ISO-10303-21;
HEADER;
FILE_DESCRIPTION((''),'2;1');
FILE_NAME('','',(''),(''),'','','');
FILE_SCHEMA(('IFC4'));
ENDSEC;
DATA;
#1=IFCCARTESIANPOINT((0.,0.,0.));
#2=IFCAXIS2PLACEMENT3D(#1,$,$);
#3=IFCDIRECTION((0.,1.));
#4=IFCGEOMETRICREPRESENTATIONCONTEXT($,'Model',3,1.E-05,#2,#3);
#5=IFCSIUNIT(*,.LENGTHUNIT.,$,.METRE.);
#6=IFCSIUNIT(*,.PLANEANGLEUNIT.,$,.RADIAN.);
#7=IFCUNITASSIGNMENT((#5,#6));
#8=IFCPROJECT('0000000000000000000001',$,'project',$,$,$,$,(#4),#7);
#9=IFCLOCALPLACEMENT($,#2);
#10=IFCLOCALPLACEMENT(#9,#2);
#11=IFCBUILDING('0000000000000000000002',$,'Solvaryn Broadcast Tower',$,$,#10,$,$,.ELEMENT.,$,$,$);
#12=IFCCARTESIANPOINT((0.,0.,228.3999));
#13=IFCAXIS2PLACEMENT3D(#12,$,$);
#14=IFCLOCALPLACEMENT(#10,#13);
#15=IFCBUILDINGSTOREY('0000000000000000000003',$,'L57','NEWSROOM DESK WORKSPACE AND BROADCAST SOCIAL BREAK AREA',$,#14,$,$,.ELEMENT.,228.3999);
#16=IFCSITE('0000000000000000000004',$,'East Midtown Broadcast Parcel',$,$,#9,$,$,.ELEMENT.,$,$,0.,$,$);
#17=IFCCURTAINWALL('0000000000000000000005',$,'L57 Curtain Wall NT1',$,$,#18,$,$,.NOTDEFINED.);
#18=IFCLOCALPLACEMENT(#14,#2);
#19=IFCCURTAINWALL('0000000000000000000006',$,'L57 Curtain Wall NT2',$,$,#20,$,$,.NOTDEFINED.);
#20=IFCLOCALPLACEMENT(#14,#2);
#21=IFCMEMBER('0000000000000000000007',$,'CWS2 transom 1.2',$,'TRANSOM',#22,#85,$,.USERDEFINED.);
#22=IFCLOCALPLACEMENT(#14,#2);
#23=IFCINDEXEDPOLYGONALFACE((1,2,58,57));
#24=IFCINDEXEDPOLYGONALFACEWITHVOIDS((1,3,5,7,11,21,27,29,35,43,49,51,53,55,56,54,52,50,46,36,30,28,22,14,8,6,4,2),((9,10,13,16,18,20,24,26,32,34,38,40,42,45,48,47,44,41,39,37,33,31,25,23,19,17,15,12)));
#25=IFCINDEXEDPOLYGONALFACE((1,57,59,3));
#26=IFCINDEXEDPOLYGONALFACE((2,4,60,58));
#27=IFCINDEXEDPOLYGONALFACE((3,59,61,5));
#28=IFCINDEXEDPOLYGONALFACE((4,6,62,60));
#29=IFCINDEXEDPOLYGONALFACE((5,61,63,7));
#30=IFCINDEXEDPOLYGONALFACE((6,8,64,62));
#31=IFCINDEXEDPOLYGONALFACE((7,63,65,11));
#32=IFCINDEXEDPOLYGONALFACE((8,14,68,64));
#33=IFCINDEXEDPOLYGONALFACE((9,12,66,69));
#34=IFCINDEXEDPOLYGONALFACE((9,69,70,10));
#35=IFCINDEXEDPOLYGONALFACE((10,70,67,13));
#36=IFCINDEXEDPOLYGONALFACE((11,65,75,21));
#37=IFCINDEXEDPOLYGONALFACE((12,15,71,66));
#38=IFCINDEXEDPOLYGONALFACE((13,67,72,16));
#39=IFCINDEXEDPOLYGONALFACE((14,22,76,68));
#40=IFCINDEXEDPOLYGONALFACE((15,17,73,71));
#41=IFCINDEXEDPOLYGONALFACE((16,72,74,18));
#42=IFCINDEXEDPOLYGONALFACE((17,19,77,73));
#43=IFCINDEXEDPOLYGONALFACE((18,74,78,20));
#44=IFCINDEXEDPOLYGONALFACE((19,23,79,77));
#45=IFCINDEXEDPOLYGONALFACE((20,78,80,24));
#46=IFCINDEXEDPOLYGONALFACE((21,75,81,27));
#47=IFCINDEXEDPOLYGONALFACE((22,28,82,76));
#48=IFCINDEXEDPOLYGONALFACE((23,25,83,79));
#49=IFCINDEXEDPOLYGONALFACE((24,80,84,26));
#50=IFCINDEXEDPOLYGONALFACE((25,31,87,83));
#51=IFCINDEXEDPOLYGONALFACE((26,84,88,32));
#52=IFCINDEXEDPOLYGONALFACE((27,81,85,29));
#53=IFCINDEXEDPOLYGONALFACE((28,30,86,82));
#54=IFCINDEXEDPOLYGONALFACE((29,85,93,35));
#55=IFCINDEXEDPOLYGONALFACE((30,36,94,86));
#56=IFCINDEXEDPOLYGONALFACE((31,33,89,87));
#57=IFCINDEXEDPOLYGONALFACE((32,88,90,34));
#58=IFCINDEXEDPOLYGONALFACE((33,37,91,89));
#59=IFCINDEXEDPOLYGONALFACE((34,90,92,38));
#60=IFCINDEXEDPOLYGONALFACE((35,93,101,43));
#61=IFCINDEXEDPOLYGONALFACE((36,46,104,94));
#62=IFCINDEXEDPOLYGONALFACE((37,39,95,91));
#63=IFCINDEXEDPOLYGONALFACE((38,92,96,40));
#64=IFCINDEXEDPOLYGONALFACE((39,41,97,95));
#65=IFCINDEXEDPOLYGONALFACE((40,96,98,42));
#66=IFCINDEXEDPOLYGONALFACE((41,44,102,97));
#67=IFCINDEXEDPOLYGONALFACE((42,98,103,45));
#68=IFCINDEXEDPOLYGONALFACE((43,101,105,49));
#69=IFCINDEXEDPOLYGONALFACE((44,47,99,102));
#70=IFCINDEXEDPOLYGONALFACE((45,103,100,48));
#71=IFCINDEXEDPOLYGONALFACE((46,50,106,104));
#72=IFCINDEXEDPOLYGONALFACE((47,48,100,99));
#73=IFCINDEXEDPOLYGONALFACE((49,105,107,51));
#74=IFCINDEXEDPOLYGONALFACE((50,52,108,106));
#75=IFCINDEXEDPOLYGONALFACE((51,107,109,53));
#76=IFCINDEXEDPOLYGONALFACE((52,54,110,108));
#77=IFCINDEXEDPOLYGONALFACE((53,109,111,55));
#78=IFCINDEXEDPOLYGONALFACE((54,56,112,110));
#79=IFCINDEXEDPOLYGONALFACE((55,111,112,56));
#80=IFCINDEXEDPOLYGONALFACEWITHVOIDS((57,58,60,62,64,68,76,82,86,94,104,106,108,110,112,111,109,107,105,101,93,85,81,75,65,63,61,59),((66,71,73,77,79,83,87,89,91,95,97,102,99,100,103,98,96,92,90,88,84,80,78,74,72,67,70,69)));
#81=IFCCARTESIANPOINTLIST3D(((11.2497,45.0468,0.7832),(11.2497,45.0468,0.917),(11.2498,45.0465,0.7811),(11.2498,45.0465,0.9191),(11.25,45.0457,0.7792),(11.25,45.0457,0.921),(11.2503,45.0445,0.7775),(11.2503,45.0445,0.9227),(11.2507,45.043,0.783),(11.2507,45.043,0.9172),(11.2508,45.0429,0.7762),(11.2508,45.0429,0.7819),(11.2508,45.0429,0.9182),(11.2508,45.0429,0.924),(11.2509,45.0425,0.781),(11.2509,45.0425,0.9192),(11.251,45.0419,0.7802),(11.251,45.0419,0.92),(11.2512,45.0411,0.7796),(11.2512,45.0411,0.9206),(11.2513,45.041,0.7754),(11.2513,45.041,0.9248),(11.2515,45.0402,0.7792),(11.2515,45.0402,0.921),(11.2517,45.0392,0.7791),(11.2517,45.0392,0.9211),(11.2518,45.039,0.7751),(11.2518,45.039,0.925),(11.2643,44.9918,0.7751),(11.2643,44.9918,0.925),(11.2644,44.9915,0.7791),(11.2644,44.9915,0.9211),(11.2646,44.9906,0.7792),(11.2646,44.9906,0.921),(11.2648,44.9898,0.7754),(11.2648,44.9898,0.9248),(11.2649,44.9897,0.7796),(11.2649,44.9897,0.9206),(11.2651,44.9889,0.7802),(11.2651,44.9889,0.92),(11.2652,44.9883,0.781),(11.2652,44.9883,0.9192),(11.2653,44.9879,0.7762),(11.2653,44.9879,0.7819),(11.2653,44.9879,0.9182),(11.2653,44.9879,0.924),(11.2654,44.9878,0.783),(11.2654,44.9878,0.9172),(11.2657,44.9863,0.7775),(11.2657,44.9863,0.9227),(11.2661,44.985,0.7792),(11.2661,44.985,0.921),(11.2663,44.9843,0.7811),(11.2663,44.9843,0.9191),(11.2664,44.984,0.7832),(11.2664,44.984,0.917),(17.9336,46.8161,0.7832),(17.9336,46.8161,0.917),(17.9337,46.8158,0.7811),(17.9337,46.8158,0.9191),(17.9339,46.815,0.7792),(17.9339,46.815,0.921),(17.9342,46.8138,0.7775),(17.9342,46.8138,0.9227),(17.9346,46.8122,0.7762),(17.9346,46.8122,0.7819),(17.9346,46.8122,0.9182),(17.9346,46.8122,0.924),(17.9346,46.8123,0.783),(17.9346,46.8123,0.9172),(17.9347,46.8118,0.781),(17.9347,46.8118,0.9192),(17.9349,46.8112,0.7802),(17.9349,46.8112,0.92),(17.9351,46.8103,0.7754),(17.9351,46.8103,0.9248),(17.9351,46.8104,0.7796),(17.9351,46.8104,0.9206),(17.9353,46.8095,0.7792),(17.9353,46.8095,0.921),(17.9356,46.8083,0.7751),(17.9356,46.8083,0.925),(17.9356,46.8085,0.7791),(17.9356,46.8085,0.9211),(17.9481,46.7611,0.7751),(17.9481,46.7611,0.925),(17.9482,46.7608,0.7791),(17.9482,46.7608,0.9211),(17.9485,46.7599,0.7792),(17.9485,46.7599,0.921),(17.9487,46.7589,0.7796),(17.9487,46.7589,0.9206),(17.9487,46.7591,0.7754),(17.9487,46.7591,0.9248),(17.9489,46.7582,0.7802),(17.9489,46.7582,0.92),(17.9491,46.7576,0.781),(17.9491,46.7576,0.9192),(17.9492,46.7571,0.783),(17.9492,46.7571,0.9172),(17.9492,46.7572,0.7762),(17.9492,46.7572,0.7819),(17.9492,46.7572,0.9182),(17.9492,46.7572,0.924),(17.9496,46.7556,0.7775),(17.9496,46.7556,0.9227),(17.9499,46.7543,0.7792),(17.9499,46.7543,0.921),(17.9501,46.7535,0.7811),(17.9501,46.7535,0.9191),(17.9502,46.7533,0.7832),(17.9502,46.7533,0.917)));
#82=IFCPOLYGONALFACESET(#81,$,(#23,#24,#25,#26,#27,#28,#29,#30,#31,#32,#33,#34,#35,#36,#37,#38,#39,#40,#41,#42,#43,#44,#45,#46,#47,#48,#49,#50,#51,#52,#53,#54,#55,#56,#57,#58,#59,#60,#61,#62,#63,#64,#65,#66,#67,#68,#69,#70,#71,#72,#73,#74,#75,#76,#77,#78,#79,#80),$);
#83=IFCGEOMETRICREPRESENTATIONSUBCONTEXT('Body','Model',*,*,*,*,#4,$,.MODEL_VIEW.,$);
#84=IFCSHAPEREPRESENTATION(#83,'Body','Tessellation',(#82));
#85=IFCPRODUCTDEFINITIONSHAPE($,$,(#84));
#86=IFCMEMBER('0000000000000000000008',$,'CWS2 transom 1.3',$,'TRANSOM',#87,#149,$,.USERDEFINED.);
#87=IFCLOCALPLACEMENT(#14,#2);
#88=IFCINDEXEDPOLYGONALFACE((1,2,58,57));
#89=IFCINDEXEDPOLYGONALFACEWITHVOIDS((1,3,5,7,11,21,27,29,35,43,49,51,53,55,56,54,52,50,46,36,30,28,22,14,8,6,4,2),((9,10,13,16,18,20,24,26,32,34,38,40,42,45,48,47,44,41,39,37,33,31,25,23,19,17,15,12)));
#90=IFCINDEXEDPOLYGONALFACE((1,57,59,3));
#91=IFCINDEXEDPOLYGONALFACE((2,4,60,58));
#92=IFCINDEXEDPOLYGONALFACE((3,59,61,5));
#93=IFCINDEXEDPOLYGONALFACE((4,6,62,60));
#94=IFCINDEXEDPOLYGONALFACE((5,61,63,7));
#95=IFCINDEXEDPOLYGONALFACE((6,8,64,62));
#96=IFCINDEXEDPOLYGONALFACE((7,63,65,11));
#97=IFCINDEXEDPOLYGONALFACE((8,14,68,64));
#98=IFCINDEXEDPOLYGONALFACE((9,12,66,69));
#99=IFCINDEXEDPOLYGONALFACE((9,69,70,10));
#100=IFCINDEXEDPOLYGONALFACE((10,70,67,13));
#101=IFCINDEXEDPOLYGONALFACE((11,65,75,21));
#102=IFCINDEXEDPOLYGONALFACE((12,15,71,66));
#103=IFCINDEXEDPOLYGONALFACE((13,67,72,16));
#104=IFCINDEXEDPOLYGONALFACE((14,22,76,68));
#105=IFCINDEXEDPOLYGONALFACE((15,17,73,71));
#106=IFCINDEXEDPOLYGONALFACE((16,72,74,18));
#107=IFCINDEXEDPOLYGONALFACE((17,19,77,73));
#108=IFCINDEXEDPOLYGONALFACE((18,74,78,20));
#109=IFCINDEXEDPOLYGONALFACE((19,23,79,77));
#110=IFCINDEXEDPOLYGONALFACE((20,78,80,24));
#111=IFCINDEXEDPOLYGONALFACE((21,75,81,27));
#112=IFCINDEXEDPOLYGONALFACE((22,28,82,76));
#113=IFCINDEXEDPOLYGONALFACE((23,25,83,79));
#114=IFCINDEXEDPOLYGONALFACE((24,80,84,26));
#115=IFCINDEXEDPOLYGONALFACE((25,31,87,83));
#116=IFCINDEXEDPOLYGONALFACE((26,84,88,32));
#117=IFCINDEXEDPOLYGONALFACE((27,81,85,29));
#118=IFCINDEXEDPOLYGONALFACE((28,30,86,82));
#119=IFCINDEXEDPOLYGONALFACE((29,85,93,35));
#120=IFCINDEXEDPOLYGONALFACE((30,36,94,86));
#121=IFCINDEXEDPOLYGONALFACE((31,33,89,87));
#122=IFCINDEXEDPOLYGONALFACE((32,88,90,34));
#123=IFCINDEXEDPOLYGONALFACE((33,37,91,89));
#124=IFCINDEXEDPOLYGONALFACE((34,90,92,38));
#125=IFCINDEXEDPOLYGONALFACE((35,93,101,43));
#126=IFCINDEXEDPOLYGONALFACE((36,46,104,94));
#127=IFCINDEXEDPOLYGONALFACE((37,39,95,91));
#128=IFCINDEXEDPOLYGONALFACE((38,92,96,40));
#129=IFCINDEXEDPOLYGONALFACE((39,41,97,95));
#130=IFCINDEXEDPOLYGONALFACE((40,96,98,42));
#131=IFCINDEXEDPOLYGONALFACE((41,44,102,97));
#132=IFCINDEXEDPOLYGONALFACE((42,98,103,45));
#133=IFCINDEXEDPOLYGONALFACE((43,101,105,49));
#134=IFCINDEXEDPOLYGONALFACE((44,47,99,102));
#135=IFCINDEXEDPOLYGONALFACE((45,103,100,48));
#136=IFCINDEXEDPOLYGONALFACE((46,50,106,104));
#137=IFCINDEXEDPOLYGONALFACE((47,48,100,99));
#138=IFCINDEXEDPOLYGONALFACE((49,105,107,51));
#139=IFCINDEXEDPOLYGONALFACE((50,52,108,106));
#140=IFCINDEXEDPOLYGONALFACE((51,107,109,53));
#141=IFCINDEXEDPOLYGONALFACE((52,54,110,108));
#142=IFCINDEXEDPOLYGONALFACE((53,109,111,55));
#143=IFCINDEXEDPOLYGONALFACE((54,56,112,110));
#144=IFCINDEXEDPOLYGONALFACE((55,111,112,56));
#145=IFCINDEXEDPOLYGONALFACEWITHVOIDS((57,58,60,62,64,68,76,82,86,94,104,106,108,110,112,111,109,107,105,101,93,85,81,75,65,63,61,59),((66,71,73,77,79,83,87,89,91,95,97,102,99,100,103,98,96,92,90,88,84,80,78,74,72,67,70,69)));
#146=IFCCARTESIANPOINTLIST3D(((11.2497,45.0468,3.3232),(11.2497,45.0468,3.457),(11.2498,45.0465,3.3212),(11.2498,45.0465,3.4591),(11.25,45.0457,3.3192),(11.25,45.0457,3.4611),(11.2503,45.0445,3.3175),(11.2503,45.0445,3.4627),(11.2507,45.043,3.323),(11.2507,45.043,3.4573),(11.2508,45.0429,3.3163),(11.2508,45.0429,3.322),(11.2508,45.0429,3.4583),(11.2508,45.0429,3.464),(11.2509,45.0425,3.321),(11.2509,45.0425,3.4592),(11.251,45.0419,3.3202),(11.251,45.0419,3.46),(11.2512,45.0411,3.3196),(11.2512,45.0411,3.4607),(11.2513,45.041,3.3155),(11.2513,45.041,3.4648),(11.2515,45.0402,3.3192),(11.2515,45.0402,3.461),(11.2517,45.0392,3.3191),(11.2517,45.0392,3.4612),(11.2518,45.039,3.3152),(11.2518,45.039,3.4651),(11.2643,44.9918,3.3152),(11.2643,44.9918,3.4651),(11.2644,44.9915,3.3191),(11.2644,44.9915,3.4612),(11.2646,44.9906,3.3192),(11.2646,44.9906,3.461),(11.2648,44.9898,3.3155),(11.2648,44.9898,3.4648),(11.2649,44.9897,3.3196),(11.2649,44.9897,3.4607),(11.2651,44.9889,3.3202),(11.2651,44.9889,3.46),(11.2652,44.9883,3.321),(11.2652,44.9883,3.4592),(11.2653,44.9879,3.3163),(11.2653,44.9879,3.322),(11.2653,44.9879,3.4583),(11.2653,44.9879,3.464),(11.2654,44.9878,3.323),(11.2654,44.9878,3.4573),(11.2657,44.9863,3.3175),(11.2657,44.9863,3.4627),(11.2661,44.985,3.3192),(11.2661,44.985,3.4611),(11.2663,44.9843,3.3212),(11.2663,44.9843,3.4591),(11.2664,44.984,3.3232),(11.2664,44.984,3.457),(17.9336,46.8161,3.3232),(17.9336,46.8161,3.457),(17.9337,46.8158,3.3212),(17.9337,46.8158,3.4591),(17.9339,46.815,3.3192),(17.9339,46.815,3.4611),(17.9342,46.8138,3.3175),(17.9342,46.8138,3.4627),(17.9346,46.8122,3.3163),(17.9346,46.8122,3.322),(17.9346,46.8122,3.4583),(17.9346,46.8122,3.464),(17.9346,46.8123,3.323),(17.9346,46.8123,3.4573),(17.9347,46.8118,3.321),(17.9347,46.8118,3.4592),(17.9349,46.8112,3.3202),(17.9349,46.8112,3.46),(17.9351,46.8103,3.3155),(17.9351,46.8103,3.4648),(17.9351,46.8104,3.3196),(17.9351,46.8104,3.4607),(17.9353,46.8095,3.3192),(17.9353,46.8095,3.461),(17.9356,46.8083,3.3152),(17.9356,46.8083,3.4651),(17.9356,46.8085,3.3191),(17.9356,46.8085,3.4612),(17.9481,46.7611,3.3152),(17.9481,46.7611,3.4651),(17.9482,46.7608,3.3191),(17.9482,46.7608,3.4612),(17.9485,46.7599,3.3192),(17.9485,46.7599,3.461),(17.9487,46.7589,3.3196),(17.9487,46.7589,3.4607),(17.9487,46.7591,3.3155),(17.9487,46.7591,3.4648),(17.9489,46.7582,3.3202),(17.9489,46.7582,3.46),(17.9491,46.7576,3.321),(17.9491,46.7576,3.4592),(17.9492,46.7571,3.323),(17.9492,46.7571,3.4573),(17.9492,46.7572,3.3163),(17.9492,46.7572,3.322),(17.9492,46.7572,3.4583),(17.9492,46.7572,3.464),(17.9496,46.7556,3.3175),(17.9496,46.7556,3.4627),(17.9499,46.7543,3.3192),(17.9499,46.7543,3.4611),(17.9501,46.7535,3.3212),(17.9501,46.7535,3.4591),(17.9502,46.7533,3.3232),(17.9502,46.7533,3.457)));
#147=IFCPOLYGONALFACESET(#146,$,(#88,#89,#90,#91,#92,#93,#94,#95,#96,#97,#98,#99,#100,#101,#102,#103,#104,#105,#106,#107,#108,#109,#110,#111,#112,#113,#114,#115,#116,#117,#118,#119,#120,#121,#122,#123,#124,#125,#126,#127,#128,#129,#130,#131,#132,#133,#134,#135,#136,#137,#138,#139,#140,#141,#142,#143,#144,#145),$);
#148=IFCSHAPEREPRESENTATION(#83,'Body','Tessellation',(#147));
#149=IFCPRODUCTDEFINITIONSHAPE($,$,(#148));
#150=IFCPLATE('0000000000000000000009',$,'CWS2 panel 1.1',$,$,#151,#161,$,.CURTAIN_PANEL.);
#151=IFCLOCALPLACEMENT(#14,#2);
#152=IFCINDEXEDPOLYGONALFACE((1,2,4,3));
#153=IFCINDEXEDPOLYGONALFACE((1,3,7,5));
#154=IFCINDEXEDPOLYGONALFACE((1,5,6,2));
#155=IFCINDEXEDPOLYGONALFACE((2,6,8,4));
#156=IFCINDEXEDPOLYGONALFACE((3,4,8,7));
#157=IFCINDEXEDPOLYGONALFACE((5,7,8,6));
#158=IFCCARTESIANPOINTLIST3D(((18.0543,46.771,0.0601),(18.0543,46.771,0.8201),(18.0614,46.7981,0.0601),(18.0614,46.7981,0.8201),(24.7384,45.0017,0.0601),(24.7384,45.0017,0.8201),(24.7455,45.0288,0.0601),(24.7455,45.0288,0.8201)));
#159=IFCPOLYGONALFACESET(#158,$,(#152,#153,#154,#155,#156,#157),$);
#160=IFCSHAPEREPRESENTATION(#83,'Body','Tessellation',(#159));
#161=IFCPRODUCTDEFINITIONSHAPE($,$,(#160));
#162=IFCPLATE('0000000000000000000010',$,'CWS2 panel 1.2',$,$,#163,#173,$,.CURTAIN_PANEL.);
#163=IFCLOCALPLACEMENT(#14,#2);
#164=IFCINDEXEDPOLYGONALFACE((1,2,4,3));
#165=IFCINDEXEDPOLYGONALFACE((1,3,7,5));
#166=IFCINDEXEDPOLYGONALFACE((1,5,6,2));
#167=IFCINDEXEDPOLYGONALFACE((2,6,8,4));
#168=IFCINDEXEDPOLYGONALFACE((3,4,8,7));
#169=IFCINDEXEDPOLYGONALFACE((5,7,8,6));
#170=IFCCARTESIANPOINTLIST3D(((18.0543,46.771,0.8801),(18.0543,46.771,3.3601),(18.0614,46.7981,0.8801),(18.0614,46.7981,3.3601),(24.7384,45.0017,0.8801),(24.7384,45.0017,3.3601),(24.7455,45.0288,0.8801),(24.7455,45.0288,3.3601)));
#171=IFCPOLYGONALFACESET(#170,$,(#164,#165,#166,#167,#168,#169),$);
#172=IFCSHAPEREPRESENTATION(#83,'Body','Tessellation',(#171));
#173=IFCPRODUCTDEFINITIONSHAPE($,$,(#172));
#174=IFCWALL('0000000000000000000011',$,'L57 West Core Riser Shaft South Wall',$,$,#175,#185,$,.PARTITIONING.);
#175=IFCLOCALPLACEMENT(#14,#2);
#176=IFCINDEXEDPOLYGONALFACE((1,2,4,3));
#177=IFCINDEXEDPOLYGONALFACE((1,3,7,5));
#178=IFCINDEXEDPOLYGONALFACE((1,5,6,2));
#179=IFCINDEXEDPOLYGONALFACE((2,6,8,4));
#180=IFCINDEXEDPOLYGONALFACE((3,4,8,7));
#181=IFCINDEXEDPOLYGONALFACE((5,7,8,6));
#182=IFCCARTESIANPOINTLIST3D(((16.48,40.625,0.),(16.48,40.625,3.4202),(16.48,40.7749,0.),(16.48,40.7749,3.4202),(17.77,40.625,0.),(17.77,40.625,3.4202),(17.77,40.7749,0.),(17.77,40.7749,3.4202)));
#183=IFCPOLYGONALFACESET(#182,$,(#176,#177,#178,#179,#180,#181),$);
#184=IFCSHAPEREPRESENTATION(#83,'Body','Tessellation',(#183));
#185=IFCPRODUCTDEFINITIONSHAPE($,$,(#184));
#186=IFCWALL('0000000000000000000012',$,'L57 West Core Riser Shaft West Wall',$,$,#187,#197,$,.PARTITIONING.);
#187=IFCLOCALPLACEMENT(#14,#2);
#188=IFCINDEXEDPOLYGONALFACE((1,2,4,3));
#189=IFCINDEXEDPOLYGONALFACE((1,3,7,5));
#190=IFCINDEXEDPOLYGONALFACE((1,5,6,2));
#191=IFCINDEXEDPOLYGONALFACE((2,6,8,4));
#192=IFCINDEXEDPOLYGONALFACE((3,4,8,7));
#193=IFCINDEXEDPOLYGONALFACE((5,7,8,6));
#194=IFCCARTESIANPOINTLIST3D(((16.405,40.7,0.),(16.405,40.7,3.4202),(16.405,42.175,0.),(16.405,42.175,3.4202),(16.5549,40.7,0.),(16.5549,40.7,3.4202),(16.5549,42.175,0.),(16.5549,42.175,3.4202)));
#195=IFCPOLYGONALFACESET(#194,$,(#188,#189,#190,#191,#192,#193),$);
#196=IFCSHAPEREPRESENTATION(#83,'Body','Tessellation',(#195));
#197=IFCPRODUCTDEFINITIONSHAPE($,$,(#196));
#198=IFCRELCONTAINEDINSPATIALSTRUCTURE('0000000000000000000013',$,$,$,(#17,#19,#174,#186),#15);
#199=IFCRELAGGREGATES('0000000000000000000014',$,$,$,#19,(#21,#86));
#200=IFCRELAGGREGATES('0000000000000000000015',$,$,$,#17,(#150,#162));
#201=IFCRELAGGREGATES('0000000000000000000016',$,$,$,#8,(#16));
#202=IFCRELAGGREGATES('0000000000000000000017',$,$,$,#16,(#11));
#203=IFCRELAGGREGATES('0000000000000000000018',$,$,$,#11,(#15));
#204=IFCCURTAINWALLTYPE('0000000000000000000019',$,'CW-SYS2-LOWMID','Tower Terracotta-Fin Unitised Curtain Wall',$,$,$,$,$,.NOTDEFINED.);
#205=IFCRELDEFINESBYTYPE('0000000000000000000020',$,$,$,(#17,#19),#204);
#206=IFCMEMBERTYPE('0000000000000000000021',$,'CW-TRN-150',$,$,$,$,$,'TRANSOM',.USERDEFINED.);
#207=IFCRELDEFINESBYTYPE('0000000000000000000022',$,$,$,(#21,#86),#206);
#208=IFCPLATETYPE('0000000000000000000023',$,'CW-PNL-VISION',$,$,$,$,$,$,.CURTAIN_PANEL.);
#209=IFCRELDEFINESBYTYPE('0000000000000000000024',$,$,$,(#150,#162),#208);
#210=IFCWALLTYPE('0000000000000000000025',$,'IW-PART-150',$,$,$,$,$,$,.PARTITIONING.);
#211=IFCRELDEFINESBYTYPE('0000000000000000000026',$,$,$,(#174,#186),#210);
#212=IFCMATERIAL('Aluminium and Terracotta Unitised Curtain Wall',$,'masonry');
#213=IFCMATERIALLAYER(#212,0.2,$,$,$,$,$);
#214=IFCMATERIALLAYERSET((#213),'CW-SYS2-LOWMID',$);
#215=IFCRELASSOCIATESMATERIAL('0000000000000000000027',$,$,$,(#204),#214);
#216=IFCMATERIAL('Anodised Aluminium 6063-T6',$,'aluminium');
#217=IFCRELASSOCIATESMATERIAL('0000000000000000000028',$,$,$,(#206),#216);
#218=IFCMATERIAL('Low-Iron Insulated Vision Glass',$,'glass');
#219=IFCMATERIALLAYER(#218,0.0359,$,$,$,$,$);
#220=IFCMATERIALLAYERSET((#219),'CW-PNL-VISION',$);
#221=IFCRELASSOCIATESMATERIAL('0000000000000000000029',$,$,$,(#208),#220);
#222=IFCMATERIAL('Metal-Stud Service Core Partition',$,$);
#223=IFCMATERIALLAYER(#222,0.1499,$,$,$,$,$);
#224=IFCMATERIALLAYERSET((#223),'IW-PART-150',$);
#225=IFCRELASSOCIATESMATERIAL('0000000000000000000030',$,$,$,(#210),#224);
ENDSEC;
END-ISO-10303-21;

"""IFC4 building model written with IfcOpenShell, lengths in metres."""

from ifc_helpers import new_model, si_unit, direction, frame, frame_2d, origin, origin_2d, place, context, subcontext, project, spatial, rectangle, hollow_rectangle, extrude, material, layer, layer_set, material_profile, profile_set, type_object, element, aggregate, save


model = new_model("IFC4")

# Units and contexts
model_context = context("Model", 3, precision=1e-05, world=origin(), true_north=direction((0.0, 1.0)))
body_context = subcontext(model_context, "Body", "Model", "MODEL_VIEW")
ifc_project = project(units=[si_unit("LENGTHUNIT", "METRE"), si_unit("PLANEANGLEUNIT", "RADIAN")], contexts=[model_context])

# Site, building, storey
site_placement = place(None, origin())
site = spatial("IfcSite", under=ifc_project, at=site_placement, Name="East Midtown Broadcast Parcel", CompositionType="ELEMENT", RefElevation=0.0)
building_placement = place(site_placement, origin())
building = spatial("IfcBuilding", under=site, at=building_placement, Name="Solvaryn Broadcast Tower", CompositionType="ELEMENT")
storey_placement = place(building_placement, frame((0.0, 0.0, 228.3999)))
storey = spatial("IfcBuildingStorey", under=building, at=storey_placement, Name="L57", Description="NEWSROOM DESK WORKSPACE AND BROADCAST SOCIAL BREAK AREA", CompositionType="ELEMENT", Elevation=228.3999)

# Curtain wall
ifc_material_1 = material(Name="Aluminium and Terracotta Unitised Curtain Wall", Category="masonry")
ifc_layer_1 = layer(ifc_material_1, 0.2)
ifc_layer_set_1 = layer_set([ifc_layer_1], Name="CW-SYS2-LOWMID")
curtain_wall_type = type_object("IfcCurtainWallType", Name="CW-SYS2-LOWMID", Description="Tower Terracotta-Fin Unitised Curtain Wall", PredefinedType="NOTDEFINED", material=ifc_layer_set_1)
curtain_wall_1_placement = place(storey_placement, origin())
curtain_wall_1 = element("IfcCurtainWall", 1, at=curtain_wall_1_placement, inside=storey, type_object=curtain_wall_type, Name="L57 Curtain Wall NT1", PredefinedType="NOTDEFINED")

# Curtain wall, members
curtain_wall_2_placement = place(storey_placement, origin())
curtain_wall_2 = element("IfcCurtainWall", 2, at=curtain_wall_2_placement, inside=storey, type_object=curtain_wall_type, Name="L57 Curtain Wall NT2", PredefinedType="NOTDEFINED")
ifc_material_2 = material(Name="Anodised Aluminium 6063-T6", Category="aluminium")
ifc_material_profile_1 = material_profile(ifc_material_2, hollow_rectangle(XDim=0.0649, YDim=0.1499, WallThickness=0.0039, InnerFilletRadius=0.0039, OuterFilletRadius=0.0081, at=origin_2d()))
ifc_profile_set_1 = profile_set([ifc_material_profile_1], Name="Anodised Aluminium 6063-T6")
member_type_1 = type_object("IfcMemberType", Name="CW-TRN-150", ElementType="TRANSOM", PredefinedType="USERDEFINED", material=ifc_profile_set_1)
member_1_placement = place(storey_placement, frame((17.9419, 46.7847, 0.8501), z_axis=(-0.966704, -0.255897, 0.0), x_axis=(0.255897, -0.966704, 0.0)))
member_1 = element("IfcMember", 3, at=member_1_placement, type_object=member_type_1, Name="CWS2 transom 1.2", ObjectType="TRANSOM", PredefinedType="USERDEFINED", context=body_context, shape_type="SweptSolid", body=[
    extrude(hollow_rectangle(XDim=0.0649, YDim=0.1499, WallThickness=0.0039, InnerFilletRadius=0.0039, OuterFilletRadius=0.0081, at=origin_2d()), origin(), (0.0, 0.0, 1.0), 6.9141),
])
member_2_placement = place(storey_placement, frame((17.9419, 46.7847, 3.3901), z_axis=(-0.966704, -0.255897, 0.0), x_axis=(0.255897, -0.966704, 0.0)))
member_2 = element("IfcMember", 4, at=member_2_placement, type_object=member_type_1, Name="CWS2 transom 1.3", ObjectType="TRANSOM", PredefinedType="USERDEFINED", context=body_context, shape_type="SweptSolid", body=[
    extrude(hollow_rectangle(XDim=0.0649, YDim=0.1499, WallThickness=0.0039, InnerFilletRadius=0.0039, OuterFilletRadius=0.0081, at=origin_2d()), origin(), (0.0, 0.0, 1.0), 6.9141),
])
aggregate(curtain_wall_2, [member_1, member_2])

# Plates
ifc_material_3 = material(Name="Low-Iron Insulated Vision Glass", Category="glass")
ifc_layer_2 = layer(ifc_material_3, 0.0359)
ifc_layer_set_2 = layer_set([ifc_layer_2], Name="CW-PNL-VISION")
plate_type = type_object("IfcPlateType", Name="CW-PNL-VISION", PredefinedType="CURTAIN_PANEL", material=ifc_layer_set_2)
plate_1_placement = place(storey_placement, frame((21.3999, 45.8999, 0.0601), z_axis=(0.0, 0.0, 1.0), x_axis=(-0.966705, 0.255893, 0.0)))
plate_1 = element("IfcPlate", 5, at=plate_1_placement, type_object=plate_type, Name="CWS2 panel 1.1", PredefinedType="CURTAIN_PANEL", context=body_context, shape_type="SweptSolid", body=[
    extrude(rectangle(XDim=6.9143, YDim=0.0281, at=origin_2d()), origin(), (0.0, 0.0, 1.0), 0.76),
])
plate_2_placement = place(storey_placement, frame((21.3999, 45.8999, 0.8801), z_axis=(0.0, 0.0, 1.0), x_axis=(-0.966705, 0.255893, 0.0)))
plate_2 = element("IfcPlate", 6, at=plate_2_placement, type_object=plate_type, Name="CWS2 panel 1.2", PredefinedType="CURTAIN_PANEL", context=body_context, shape_type="SweptSolid", body=[
    extrude(rectangle(XDim=6.9143, YDim=0.0281, at=origin_2d()), origin(), (0.0, 0.0, 1.0), 2.48),
])
aggregate(curtain_wall_1, [plate_1, plate_2])

# Walls
ifc_material_4 = material(Name="Metal-Stud Service Core Partition")
ifc_layer_3 = layer(ifc_material_4, 0.1499)
ifc_layer_set_3 = layer_set([ifc_layer_3], Name="IW-PART-150")
wall_type_1 = type_object("IfcWallType", Name="IW-PART-150", PredefinedType="PARTITIONING", material=ifc_layer_set_3)
wall_1_placement = place(storey_placement, frame((16.48, 40.7, 0.0), z_axis=(0.0, 0.0, 1.0), x_axis=(1.0, 0.0, 0.0)))
element("IfcWall", 7, at=wall_1_placement, inside=storey, type_object=wall_type_1, Name="L57 West Core Riser Shaft South Wall", PredefinedType="PARTITIONING", context=body_context, shape_type="SweptSolid", body=[
    extrude(rectangle(XDim=1.29, YDim=0.1499, at=frame_2d((0.645, 0.0))), origin(), (0.0, 0.0, 1.0), 3.4202),
])
wall_2_placement = place(storey_placement, frame((16.48, 40.7, 0.0), z_axis=(0.0, 0.0, 1.0), x_axis=(0.0, 1.0, 0.0)))
element("IfcWall", 8, at=wall_2_placement, inside=storey, type_object=wall_type_1, Name="L57 West Core Riser Shaft West Wall", PredefinedType="PARTITIONING", context=body_context, shape_type="SweptSolid", body=[
    extrude(rectangle(XDim=1.4751, YDim=0.1499, at=frame_2d((0.7375, 0.0))), origin(), (0.0, 0.0, 1.0), 3.4202),
])

save(model, "model.ifc")
